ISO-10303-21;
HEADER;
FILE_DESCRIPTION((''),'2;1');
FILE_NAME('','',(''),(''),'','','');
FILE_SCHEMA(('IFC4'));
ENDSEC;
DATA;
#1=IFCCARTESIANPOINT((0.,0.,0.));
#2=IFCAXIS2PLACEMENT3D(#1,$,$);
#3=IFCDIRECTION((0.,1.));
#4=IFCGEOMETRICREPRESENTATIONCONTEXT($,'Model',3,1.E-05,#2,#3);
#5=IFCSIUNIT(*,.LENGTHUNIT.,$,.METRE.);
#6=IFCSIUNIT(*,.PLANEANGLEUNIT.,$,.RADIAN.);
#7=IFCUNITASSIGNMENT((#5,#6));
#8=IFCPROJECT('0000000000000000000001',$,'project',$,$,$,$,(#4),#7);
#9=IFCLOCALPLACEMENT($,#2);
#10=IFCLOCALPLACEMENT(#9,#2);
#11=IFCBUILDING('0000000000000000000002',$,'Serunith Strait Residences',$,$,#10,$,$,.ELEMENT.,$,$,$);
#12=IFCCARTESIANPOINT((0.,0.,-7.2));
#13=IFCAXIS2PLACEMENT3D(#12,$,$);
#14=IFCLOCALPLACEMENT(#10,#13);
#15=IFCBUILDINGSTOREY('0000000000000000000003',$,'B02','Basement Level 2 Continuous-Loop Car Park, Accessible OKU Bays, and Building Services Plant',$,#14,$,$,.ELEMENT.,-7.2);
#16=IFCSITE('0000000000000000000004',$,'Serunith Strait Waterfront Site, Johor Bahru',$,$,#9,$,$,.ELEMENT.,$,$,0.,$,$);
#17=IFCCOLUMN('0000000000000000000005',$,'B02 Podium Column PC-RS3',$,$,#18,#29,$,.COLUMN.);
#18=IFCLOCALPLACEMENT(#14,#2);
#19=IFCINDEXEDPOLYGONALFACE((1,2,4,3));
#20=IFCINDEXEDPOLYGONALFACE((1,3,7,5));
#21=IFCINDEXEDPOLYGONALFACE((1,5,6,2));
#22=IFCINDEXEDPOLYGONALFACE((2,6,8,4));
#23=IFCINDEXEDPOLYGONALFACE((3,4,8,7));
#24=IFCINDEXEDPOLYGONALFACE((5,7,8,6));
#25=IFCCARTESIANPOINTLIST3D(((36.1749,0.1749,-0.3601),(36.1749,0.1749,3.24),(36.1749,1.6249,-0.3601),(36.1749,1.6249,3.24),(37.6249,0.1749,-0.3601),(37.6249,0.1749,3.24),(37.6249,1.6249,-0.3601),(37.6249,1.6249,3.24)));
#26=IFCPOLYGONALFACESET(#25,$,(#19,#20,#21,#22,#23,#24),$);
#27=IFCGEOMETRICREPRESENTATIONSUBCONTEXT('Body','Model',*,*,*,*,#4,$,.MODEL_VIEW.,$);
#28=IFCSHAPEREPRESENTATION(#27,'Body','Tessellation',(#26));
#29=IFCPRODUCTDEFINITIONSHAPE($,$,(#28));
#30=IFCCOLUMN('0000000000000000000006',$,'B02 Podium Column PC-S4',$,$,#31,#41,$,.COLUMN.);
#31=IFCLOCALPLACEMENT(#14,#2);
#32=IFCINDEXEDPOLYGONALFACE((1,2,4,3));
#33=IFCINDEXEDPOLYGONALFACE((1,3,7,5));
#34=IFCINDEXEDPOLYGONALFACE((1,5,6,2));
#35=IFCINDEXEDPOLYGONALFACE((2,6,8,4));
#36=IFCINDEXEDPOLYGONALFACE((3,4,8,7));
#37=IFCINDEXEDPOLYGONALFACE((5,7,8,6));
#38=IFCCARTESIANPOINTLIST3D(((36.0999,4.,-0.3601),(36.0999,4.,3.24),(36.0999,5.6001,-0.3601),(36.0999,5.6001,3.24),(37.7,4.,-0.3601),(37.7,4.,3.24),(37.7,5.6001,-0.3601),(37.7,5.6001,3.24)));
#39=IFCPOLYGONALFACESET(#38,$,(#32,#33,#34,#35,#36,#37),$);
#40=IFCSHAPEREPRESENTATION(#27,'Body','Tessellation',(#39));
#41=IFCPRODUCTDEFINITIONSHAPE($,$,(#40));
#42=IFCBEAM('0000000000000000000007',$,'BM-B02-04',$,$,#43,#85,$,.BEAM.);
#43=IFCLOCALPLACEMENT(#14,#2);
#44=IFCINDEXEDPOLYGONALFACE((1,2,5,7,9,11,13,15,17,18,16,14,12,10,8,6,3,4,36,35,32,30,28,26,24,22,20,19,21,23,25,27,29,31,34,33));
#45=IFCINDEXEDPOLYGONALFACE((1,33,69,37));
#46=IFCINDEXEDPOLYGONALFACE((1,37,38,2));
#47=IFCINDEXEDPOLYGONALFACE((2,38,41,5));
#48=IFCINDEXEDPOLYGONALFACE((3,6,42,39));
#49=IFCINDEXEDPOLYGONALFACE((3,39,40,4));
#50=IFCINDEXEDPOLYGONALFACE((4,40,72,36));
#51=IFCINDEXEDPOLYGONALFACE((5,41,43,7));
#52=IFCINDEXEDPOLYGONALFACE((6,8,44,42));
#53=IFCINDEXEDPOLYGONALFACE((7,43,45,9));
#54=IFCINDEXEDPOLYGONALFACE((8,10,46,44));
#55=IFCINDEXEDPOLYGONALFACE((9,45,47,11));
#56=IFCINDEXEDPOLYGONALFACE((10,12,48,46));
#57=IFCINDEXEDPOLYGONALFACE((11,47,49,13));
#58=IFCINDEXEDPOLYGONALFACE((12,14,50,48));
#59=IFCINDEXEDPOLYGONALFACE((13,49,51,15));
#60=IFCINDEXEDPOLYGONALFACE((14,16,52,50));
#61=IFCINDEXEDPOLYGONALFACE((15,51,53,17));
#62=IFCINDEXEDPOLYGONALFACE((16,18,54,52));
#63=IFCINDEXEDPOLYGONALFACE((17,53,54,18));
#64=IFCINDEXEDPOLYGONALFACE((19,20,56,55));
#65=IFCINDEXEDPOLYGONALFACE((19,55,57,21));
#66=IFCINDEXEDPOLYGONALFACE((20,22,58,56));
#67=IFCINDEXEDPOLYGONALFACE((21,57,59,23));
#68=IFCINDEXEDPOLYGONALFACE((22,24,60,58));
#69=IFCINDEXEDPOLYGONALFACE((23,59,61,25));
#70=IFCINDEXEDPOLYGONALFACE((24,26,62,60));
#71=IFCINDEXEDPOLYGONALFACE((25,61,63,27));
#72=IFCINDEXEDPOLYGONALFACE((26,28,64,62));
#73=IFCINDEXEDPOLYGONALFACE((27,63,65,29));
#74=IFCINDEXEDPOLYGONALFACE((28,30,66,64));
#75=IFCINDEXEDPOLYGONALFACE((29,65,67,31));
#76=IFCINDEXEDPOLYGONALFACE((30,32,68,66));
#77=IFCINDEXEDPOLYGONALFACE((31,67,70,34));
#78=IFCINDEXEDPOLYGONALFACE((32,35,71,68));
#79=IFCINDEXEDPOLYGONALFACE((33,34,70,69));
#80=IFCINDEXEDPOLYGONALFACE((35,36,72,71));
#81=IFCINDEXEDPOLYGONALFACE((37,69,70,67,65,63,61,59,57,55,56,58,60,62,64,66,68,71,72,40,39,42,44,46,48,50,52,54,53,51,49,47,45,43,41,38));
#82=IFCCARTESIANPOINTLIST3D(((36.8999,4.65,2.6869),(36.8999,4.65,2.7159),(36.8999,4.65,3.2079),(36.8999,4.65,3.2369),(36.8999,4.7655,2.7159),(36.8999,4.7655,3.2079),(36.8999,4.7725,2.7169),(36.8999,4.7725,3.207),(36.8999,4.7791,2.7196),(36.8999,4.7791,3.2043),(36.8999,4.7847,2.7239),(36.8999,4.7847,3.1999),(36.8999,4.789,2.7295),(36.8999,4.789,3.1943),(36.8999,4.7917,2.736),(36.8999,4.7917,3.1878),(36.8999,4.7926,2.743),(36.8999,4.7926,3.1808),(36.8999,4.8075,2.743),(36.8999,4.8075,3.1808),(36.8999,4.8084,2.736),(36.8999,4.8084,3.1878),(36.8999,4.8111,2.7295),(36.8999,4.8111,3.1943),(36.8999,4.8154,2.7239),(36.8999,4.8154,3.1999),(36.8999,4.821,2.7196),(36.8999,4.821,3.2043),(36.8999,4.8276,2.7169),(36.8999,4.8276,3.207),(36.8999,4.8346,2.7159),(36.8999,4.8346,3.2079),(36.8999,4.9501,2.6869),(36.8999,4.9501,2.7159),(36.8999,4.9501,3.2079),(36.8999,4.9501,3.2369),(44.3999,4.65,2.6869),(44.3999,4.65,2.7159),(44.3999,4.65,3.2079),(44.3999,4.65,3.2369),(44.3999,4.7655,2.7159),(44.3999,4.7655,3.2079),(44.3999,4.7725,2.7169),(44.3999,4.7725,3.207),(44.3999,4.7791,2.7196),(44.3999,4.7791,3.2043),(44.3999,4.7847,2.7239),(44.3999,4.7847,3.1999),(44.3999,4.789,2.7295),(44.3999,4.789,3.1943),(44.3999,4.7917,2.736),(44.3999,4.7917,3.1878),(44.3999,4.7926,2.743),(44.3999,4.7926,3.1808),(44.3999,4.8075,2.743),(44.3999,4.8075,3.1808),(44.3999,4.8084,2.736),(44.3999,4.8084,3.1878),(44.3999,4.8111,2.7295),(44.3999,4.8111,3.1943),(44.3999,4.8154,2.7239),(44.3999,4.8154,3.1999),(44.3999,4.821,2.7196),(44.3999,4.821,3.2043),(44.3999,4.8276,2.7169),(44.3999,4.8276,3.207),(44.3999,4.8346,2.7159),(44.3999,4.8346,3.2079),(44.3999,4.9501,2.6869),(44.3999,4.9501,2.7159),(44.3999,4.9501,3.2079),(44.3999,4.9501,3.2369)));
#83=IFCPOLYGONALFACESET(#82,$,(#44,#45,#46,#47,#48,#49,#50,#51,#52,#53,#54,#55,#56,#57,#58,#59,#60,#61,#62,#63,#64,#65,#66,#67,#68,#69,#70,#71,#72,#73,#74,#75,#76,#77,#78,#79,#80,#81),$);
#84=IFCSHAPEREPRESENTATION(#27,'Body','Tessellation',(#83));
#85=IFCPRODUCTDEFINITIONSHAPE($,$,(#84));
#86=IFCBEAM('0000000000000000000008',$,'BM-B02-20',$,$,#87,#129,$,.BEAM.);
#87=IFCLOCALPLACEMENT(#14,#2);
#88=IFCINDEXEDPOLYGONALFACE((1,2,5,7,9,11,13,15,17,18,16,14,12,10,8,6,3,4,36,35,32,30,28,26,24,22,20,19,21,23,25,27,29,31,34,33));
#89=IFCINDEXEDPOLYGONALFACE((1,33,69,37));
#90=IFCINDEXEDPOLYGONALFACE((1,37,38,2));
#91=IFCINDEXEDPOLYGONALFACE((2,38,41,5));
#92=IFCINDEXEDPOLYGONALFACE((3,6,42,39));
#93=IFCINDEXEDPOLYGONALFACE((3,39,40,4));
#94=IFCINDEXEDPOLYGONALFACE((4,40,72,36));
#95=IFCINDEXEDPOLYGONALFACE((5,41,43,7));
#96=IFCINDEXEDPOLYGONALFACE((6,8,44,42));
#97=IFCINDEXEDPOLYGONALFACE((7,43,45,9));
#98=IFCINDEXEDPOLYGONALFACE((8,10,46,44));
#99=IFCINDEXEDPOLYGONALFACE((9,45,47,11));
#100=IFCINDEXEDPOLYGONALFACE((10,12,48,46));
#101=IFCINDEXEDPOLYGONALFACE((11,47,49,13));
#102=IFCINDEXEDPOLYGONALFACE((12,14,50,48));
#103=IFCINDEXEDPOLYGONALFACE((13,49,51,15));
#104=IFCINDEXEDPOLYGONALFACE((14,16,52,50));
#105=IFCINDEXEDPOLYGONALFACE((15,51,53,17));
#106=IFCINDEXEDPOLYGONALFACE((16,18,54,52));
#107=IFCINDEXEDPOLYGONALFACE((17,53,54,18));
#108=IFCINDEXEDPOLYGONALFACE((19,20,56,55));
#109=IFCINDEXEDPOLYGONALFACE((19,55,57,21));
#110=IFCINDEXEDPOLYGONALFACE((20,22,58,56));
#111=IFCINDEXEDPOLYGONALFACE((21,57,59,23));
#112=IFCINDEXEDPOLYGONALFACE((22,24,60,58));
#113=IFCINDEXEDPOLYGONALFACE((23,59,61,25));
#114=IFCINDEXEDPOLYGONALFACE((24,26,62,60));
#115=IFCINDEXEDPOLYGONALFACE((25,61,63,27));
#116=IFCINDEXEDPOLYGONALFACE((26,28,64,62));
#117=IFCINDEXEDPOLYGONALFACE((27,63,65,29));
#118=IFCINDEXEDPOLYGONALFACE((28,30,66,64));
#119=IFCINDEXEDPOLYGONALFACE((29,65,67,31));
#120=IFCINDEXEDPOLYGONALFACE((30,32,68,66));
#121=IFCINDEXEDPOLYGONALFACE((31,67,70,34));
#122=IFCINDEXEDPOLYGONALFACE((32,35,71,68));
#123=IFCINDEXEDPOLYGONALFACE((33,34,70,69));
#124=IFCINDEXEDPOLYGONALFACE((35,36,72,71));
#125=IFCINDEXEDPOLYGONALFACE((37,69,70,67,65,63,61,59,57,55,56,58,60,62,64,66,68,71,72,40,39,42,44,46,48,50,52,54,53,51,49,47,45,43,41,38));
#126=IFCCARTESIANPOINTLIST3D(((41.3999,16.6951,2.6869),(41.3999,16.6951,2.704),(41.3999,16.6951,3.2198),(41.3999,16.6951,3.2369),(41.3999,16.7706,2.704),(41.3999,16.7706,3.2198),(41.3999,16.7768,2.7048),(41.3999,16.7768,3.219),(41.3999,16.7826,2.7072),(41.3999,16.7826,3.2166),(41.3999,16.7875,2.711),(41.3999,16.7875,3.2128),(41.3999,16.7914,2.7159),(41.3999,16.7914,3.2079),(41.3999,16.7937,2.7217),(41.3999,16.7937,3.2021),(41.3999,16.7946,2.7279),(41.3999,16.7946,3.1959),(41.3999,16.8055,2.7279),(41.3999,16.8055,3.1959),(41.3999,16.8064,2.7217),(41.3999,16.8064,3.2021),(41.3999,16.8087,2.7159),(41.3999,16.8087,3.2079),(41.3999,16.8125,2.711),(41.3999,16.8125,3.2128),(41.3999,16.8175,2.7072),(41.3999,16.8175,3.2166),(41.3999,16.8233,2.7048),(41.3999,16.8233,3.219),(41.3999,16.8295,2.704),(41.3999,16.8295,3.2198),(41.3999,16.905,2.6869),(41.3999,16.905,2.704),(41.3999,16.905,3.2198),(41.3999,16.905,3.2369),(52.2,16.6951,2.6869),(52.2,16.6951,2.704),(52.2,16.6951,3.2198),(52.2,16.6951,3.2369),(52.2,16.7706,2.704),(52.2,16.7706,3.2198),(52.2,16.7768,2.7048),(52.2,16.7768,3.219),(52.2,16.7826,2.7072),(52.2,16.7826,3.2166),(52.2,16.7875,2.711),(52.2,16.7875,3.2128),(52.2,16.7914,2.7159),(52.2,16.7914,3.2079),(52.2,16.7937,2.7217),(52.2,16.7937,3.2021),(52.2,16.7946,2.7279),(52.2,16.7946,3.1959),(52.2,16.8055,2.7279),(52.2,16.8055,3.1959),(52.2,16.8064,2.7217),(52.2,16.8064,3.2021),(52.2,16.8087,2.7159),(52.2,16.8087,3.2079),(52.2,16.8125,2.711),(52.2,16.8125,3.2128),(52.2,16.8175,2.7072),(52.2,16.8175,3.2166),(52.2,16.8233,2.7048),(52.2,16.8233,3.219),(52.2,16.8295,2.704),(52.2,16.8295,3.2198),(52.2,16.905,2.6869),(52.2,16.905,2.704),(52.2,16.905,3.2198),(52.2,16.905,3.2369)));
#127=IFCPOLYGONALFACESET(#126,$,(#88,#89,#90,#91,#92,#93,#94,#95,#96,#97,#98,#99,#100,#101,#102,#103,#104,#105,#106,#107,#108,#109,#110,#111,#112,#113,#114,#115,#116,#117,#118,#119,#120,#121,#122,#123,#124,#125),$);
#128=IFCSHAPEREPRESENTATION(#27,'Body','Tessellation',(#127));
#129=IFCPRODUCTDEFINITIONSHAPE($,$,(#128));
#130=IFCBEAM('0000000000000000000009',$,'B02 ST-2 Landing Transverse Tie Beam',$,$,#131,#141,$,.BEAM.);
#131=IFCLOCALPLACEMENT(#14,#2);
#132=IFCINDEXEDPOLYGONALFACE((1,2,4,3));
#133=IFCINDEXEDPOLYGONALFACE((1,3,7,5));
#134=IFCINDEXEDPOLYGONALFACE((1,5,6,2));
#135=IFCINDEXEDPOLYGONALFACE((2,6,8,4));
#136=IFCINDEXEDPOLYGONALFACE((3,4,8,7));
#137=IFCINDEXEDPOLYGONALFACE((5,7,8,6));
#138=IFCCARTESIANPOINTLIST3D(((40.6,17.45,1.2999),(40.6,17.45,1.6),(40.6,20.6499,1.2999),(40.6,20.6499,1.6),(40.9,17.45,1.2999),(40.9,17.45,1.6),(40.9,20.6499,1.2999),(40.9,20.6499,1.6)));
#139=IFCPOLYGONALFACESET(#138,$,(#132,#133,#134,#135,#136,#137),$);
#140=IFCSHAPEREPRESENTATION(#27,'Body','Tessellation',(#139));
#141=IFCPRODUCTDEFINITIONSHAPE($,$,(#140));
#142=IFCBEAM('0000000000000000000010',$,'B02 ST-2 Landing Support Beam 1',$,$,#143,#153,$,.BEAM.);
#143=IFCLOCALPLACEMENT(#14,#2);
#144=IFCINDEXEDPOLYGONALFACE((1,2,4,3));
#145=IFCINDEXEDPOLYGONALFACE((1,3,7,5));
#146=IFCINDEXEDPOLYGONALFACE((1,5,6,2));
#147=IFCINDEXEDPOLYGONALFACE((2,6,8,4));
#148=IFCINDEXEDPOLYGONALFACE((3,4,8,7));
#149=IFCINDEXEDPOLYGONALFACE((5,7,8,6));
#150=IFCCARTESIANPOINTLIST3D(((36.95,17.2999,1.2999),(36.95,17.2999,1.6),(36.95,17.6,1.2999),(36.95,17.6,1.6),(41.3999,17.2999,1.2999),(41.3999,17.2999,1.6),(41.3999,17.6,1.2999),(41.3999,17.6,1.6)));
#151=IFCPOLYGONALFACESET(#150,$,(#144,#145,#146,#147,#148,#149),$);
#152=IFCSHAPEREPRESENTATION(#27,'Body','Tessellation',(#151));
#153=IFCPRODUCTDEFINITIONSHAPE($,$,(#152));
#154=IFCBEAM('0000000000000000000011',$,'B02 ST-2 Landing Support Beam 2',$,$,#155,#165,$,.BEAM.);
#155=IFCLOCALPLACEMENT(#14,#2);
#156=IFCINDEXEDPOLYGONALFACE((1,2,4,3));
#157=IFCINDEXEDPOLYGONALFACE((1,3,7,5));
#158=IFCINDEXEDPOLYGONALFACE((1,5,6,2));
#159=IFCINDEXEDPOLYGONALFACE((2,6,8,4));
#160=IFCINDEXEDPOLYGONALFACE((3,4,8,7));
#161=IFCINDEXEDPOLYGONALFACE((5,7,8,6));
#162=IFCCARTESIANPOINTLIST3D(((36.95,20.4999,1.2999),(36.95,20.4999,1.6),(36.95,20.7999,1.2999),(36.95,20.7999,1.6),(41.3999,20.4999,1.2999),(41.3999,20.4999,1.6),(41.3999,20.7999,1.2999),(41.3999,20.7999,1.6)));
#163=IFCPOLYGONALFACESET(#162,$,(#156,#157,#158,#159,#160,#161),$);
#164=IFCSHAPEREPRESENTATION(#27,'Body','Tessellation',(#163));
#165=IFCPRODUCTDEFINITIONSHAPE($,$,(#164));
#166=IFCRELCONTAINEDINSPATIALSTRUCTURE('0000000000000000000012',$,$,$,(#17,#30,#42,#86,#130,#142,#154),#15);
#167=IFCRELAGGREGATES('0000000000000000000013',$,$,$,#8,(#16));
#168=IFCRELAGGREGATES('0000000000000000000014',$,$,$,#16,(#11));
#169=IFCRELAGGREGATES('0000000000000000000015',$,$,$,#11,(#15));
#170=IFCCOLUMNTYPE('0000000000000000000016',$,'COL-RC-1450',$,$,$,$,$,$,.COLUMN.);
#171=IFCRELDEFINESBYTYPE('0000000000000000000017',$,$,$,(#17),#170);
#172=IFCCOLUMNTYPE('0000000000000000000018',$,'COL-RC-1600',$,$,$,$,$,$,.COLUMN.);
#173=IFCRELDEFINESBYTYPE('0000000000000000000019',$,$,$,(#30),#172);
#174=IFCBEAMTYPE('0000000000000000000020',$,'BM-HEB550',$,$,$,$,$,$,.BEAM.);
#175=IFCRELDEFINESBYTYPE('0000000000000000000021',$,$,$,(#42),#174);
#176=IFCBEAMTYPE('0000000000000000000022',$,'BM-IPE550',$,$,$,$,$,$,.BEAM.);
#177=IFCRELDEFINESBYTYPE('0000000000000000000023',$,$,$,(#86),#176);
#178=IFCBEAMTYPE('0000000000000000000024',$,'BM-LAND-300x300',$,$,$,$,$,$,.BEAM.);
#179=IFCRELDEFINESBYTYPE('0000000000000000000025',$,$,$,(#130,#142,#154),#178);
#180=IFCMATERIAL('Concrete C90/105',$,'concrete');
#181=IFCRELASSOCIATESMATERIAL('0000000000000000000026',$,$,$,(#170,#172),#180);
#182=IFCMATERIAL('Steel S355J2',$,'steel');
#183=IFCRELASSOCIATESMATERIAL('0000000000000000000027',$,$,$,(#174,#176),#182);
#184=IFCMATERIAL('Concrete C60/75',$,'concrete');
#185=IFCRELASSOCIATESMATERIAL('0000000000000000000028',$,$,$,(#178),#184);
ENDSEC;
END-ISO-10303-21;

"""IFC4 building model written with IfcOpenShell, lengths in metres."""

from ifc_helpers import new_model, si_unit, direction, frame, origin, origin_2d, place, context, subcontext, project, spatial, rectangle, i_section, extrude, source, transform, mapped, material, material_profile, profile_set, type_object, element, save


model = new_model("IFC4")

# Units and contexts
model_context = context("Model", 3, precision=1e-05, world=origin(), true_north=direction((0.0, 1.0)))
body_context = subcontext(model_context, "Body", "Model", "MODEL_VIEW")
ifc_project = project(units=[si_unit("LENGTHUNIT", "METRE"), si_unit("PLANEANGLEUNIT", "RADIAN")], contexts=[model_context])

# Site, building, storey
site_placement = place(None, origin())
site = spatial("IfcSite", under=ifc_project, at=site_placement, Name="Serunith Strait Waterfront Site, Johor Bahru", CompositionType="ELEMENT", RefElevation=0.0)
building_placement = place(site_placement, origin())
building = spatial("IfcBuilding", under=site, at=building_placement, Name="Serunith Strait Residences", CompositionType="ELEMENT")
storey_placement = place(building_placement, frame((0.0, 0.0, -7.2)))
storey = spatial("IfcBuildingStorey", under=building, at=storey_placement, Name="B02", Description="Basement Level 2 Continuous-Loop Car Park, Accessible OKU Bays, and Building Services Plant", CompositionType="ELEMENT", Elevation=-7.2)

# Columns
ifc_material_1 = material(Name="Concrete C90/105", Category="concrete")
ifc_material_profile_1 = material_profile(ifc_material_1, rectangle(XDim=1.45, YDim=1.45, at=origin_2d()), Name="RC 1450x1450")
ifc_profile_set_1 = profile_set([ifc_material_profile_1], Name="Concrete C90/105")
column_type_1 = type_object("IfcColumnType", Name="COL-RC-1450", PredefinedType="COLUMN", material=ifc_profile_set_1)
shared_shape_1 = source(origin(), body_context, "Body", "SweptSolid", [
    extrude(rectangle(XDim=1.45, YDim=1.45, at=origin_2d()), origin(), (0.0, 0.0, 1.0), 3.6001),
])
column_1_placement = place(storey_placement, frame((36.8999, 0.8999, -0.3601), z_axis=(0.0, 0.0, 1.0), x_axis=(1.0, 0.0, 0.0)))
element("IfcColumn", 1, at=column_1_placement, inside=storey, type_object=column_type_1, Name="B02 Podium Column PC-RS3", PredefinedType="COLUMN", context=body_context, shape_type="MappedRepresentation", body=[
    mapped(shared_shape_1, transform((0.0, 0.0, 0.0), scale=1.0)),
])
ifc_material_profile_2 = material_profile(ifc_material_1, rectangle(XDim=1.6001, YDim=1.6001, at=origin_2d()), Name="RC 1600x1600")
ifc_profile_set_2 = profile_set([ifc_material_profile_2], Name="Concrete C90/105")
column_type_2 = type_object("IfcColumnType", Name="COL-RC-1600", PredefinedType="COLUMN", material=ifc_profile_set_2)
shared_shape_2 = source(origin(), body_context, "Body", "SweptSolid", [
    extrude(rectangle(XDim=1.6001, YDim=1.6001, at=origin_2d()), origin(), (0.0, 0.0, 1.0), 3.6001),
])
column_2_placement = place(storey_placement, frame((36.8999, 4.8, -0.3601), z_axis=(0.0, 0.0, 1.0), x_axis=(1.0, 0.0, 0.0)))
element("IfcColumn", 2, at=column_2_placement, inside=storey, type_object=column_type_2, Name="B02 Podium Column PC-S4", PredefinedType="COLUMN", context=body_context, shape_type="MappedRepresentation", body=[
    mapped(shared_shape_2, transform((0.0, 0.0, 0.0), scale=1.0)),
])

# Beams
ifc_material_2 = material(Name="Steel S355J2", Category="steel")
ifc_material_profile_3 = material_profile(ifc_material_2, i_section(OverallWidth=0.3, OverallDepth=0.55, WebThickness=0.0149, FlangeThickness=0.0291, FilletRadius=0.0271, at=origin_2d()), Name="HEB 550")
ifc_profile_set_3 = profile_set([ifc_material_profile_3], Name="Steel S355J2")
beam_type_1 = type_object("IfcBeamType", Name="BM-HEB550", PredefinedType="BEAM", material=ifc_profile_set_3)
shared_shape_3 = source(origin(), body_context, "Body", "SweptSolid", [
    extrude(i_section(OverallWidth=0.3, OverallDepth=0.55, WebThickness=0.0149, FlangeThickness=0.0291, FilletRadius=0.0271, at=origin_2d()), origin(), (0.0, 0.0, 1.0), 7.5),
])
beam_1_placement = place(storey_placement, frame((36.8999, 4.8, 2.9619), z_axis=(1.0, 0.0, 0.0), x_axis=(0.0, 1.0, 0.0)))
element("IfcBeam", 3, at=beam_1_placement, inside=storey, type_object=beam_type_1, Name="BM-B02-04", PredefinedType="BEAM", context=body_context, shape_type="MappedRepresentation", body=[
    mapped(shared_shape_3, transform((0.0, 0.0, 0.0), scale=1.0)),
])
ifc_material_profile_4 = material_profile(ifc_material_2, i_section(OverallWidth=0.21, OverallDepth=0.55, WebThickness=0.011, FlangeThickness=0.0171, FilletRadius=0.0239, at=origin_2d()), Name="IPE 550")
ifc_profile_set_4 = profile_set([ifc_material_profile_4], Name="Steel S355J2")
beam_type_2 = type_object("IfcBeamType", Name="BM-IPE550", PredefinedType="BEAM", material=ifc_profile_set_4)
shared_shape_4 = source(origin(), body_context, "Body", "SweptSolid", [
    extrude(i_section(OverallWidth=0.21, OverallDepth=0.55, WebThickness=0.011, FlangeThickness=0.0171, FilletRadius=0.0239, at=origin_2d()), origin(), (0.0, 0.0, 1.0), 10.8),
])
beam_2_placement = place(storey_placement, frame((41.3999, 16.8, 2.9619), z_axis=(1.0, 0.0, 0.0), x_axis=(0.0, 1.0, 0.0)))
element("IfcBeam", 4, at=beam_2_placement, inside=storey, type_object=beam_type_2, Name="BM-B02-20", PredefinedType="BEAM", context=body_context, shape_type="MappedRepresentation", body=[
    mapped(shared_shape_4, transform((0.0, 0.0, 0.0), scale=1.0)),
])
ifc_material_3 = material(Name="Concrete C60/75", Category="concrete")
ifc_material_profile_5 = material_profile(ifc_material_3, rectangle(XDim=0.3, YDim=0.3, at=origin_2d()), Name="RC 300x300")
ifc_profile_set_5 = profile_set([ifc_material_profile_5], Name="Concrete C60/75")
beam_type_3 = type_object("IfcBeamType", Name="BM-LAND-300x300", PredefinedType="BEAM", material=ifc_profile_set_5)
shared_shape_5 = source(origin(), body_context, "Body", "SweptSolid", [
    extrude(rectangle(XDim=0.3, YDim=0.3, at=origin_2d()), origin(), (0.0, 0.0, 1.0), 3.2),
])
beam_3_placement = place(storey_placement, frame((40.75, 17.45, 1.45), z_axis=(0.0, 1.0, 0.0), x_axis=(-1.0, 0.0, 0.0)))
element("IfcBeam", 5, at=beam_3_placement, inside=storey, type_object=beam_type_3, Name="B02 ST-2 Landing Transverse Tie Beam", PredefinedType="BEAM", context=body_context, shape_type="MappedRepresentation", body=[
    mapped(shared_shape_5, transform((0.0, 0.0, 0.0), scale=1.0)),
])
shared_shape_6 = source(origin(), body_context, "Body", "SweptSolid", [
    extrude(rectangle(XDim=0.3, YDim=0.3, at=origin_2d()), origin(), (0.0, 0.0, 1.0), 4.45),
])
for number, where, z_axis, x_axis, name in (
    (6, (36.95, 17.45, 1.45), (1.0, 0.0, 0.0), (0.0, 1.0, 0.0), "B02 ST-2 Landing Support Beam 1"),
    (7, (36.95, 20.6499, 1.45), (1.0, 0.0, 0.0), (0.0, 1.0, 0.0), "B02 ST-2 Landing Support Beam 2"),
):
    element("IfcBeam", number, at=place(storey_placement, frame(where, z_axis=z_axis, x_axis=x_axis)), inside=storey, type_object=beam_type_3, Name=name, PredefinedType="BEAM", context=body_context, shape_type="MappedRepresentation", body=[
        mapped(shared_shape_6, transform((0.0, 0.0, 0.0), scale=1.0)),
    ])

save(model, "model.ifc")
